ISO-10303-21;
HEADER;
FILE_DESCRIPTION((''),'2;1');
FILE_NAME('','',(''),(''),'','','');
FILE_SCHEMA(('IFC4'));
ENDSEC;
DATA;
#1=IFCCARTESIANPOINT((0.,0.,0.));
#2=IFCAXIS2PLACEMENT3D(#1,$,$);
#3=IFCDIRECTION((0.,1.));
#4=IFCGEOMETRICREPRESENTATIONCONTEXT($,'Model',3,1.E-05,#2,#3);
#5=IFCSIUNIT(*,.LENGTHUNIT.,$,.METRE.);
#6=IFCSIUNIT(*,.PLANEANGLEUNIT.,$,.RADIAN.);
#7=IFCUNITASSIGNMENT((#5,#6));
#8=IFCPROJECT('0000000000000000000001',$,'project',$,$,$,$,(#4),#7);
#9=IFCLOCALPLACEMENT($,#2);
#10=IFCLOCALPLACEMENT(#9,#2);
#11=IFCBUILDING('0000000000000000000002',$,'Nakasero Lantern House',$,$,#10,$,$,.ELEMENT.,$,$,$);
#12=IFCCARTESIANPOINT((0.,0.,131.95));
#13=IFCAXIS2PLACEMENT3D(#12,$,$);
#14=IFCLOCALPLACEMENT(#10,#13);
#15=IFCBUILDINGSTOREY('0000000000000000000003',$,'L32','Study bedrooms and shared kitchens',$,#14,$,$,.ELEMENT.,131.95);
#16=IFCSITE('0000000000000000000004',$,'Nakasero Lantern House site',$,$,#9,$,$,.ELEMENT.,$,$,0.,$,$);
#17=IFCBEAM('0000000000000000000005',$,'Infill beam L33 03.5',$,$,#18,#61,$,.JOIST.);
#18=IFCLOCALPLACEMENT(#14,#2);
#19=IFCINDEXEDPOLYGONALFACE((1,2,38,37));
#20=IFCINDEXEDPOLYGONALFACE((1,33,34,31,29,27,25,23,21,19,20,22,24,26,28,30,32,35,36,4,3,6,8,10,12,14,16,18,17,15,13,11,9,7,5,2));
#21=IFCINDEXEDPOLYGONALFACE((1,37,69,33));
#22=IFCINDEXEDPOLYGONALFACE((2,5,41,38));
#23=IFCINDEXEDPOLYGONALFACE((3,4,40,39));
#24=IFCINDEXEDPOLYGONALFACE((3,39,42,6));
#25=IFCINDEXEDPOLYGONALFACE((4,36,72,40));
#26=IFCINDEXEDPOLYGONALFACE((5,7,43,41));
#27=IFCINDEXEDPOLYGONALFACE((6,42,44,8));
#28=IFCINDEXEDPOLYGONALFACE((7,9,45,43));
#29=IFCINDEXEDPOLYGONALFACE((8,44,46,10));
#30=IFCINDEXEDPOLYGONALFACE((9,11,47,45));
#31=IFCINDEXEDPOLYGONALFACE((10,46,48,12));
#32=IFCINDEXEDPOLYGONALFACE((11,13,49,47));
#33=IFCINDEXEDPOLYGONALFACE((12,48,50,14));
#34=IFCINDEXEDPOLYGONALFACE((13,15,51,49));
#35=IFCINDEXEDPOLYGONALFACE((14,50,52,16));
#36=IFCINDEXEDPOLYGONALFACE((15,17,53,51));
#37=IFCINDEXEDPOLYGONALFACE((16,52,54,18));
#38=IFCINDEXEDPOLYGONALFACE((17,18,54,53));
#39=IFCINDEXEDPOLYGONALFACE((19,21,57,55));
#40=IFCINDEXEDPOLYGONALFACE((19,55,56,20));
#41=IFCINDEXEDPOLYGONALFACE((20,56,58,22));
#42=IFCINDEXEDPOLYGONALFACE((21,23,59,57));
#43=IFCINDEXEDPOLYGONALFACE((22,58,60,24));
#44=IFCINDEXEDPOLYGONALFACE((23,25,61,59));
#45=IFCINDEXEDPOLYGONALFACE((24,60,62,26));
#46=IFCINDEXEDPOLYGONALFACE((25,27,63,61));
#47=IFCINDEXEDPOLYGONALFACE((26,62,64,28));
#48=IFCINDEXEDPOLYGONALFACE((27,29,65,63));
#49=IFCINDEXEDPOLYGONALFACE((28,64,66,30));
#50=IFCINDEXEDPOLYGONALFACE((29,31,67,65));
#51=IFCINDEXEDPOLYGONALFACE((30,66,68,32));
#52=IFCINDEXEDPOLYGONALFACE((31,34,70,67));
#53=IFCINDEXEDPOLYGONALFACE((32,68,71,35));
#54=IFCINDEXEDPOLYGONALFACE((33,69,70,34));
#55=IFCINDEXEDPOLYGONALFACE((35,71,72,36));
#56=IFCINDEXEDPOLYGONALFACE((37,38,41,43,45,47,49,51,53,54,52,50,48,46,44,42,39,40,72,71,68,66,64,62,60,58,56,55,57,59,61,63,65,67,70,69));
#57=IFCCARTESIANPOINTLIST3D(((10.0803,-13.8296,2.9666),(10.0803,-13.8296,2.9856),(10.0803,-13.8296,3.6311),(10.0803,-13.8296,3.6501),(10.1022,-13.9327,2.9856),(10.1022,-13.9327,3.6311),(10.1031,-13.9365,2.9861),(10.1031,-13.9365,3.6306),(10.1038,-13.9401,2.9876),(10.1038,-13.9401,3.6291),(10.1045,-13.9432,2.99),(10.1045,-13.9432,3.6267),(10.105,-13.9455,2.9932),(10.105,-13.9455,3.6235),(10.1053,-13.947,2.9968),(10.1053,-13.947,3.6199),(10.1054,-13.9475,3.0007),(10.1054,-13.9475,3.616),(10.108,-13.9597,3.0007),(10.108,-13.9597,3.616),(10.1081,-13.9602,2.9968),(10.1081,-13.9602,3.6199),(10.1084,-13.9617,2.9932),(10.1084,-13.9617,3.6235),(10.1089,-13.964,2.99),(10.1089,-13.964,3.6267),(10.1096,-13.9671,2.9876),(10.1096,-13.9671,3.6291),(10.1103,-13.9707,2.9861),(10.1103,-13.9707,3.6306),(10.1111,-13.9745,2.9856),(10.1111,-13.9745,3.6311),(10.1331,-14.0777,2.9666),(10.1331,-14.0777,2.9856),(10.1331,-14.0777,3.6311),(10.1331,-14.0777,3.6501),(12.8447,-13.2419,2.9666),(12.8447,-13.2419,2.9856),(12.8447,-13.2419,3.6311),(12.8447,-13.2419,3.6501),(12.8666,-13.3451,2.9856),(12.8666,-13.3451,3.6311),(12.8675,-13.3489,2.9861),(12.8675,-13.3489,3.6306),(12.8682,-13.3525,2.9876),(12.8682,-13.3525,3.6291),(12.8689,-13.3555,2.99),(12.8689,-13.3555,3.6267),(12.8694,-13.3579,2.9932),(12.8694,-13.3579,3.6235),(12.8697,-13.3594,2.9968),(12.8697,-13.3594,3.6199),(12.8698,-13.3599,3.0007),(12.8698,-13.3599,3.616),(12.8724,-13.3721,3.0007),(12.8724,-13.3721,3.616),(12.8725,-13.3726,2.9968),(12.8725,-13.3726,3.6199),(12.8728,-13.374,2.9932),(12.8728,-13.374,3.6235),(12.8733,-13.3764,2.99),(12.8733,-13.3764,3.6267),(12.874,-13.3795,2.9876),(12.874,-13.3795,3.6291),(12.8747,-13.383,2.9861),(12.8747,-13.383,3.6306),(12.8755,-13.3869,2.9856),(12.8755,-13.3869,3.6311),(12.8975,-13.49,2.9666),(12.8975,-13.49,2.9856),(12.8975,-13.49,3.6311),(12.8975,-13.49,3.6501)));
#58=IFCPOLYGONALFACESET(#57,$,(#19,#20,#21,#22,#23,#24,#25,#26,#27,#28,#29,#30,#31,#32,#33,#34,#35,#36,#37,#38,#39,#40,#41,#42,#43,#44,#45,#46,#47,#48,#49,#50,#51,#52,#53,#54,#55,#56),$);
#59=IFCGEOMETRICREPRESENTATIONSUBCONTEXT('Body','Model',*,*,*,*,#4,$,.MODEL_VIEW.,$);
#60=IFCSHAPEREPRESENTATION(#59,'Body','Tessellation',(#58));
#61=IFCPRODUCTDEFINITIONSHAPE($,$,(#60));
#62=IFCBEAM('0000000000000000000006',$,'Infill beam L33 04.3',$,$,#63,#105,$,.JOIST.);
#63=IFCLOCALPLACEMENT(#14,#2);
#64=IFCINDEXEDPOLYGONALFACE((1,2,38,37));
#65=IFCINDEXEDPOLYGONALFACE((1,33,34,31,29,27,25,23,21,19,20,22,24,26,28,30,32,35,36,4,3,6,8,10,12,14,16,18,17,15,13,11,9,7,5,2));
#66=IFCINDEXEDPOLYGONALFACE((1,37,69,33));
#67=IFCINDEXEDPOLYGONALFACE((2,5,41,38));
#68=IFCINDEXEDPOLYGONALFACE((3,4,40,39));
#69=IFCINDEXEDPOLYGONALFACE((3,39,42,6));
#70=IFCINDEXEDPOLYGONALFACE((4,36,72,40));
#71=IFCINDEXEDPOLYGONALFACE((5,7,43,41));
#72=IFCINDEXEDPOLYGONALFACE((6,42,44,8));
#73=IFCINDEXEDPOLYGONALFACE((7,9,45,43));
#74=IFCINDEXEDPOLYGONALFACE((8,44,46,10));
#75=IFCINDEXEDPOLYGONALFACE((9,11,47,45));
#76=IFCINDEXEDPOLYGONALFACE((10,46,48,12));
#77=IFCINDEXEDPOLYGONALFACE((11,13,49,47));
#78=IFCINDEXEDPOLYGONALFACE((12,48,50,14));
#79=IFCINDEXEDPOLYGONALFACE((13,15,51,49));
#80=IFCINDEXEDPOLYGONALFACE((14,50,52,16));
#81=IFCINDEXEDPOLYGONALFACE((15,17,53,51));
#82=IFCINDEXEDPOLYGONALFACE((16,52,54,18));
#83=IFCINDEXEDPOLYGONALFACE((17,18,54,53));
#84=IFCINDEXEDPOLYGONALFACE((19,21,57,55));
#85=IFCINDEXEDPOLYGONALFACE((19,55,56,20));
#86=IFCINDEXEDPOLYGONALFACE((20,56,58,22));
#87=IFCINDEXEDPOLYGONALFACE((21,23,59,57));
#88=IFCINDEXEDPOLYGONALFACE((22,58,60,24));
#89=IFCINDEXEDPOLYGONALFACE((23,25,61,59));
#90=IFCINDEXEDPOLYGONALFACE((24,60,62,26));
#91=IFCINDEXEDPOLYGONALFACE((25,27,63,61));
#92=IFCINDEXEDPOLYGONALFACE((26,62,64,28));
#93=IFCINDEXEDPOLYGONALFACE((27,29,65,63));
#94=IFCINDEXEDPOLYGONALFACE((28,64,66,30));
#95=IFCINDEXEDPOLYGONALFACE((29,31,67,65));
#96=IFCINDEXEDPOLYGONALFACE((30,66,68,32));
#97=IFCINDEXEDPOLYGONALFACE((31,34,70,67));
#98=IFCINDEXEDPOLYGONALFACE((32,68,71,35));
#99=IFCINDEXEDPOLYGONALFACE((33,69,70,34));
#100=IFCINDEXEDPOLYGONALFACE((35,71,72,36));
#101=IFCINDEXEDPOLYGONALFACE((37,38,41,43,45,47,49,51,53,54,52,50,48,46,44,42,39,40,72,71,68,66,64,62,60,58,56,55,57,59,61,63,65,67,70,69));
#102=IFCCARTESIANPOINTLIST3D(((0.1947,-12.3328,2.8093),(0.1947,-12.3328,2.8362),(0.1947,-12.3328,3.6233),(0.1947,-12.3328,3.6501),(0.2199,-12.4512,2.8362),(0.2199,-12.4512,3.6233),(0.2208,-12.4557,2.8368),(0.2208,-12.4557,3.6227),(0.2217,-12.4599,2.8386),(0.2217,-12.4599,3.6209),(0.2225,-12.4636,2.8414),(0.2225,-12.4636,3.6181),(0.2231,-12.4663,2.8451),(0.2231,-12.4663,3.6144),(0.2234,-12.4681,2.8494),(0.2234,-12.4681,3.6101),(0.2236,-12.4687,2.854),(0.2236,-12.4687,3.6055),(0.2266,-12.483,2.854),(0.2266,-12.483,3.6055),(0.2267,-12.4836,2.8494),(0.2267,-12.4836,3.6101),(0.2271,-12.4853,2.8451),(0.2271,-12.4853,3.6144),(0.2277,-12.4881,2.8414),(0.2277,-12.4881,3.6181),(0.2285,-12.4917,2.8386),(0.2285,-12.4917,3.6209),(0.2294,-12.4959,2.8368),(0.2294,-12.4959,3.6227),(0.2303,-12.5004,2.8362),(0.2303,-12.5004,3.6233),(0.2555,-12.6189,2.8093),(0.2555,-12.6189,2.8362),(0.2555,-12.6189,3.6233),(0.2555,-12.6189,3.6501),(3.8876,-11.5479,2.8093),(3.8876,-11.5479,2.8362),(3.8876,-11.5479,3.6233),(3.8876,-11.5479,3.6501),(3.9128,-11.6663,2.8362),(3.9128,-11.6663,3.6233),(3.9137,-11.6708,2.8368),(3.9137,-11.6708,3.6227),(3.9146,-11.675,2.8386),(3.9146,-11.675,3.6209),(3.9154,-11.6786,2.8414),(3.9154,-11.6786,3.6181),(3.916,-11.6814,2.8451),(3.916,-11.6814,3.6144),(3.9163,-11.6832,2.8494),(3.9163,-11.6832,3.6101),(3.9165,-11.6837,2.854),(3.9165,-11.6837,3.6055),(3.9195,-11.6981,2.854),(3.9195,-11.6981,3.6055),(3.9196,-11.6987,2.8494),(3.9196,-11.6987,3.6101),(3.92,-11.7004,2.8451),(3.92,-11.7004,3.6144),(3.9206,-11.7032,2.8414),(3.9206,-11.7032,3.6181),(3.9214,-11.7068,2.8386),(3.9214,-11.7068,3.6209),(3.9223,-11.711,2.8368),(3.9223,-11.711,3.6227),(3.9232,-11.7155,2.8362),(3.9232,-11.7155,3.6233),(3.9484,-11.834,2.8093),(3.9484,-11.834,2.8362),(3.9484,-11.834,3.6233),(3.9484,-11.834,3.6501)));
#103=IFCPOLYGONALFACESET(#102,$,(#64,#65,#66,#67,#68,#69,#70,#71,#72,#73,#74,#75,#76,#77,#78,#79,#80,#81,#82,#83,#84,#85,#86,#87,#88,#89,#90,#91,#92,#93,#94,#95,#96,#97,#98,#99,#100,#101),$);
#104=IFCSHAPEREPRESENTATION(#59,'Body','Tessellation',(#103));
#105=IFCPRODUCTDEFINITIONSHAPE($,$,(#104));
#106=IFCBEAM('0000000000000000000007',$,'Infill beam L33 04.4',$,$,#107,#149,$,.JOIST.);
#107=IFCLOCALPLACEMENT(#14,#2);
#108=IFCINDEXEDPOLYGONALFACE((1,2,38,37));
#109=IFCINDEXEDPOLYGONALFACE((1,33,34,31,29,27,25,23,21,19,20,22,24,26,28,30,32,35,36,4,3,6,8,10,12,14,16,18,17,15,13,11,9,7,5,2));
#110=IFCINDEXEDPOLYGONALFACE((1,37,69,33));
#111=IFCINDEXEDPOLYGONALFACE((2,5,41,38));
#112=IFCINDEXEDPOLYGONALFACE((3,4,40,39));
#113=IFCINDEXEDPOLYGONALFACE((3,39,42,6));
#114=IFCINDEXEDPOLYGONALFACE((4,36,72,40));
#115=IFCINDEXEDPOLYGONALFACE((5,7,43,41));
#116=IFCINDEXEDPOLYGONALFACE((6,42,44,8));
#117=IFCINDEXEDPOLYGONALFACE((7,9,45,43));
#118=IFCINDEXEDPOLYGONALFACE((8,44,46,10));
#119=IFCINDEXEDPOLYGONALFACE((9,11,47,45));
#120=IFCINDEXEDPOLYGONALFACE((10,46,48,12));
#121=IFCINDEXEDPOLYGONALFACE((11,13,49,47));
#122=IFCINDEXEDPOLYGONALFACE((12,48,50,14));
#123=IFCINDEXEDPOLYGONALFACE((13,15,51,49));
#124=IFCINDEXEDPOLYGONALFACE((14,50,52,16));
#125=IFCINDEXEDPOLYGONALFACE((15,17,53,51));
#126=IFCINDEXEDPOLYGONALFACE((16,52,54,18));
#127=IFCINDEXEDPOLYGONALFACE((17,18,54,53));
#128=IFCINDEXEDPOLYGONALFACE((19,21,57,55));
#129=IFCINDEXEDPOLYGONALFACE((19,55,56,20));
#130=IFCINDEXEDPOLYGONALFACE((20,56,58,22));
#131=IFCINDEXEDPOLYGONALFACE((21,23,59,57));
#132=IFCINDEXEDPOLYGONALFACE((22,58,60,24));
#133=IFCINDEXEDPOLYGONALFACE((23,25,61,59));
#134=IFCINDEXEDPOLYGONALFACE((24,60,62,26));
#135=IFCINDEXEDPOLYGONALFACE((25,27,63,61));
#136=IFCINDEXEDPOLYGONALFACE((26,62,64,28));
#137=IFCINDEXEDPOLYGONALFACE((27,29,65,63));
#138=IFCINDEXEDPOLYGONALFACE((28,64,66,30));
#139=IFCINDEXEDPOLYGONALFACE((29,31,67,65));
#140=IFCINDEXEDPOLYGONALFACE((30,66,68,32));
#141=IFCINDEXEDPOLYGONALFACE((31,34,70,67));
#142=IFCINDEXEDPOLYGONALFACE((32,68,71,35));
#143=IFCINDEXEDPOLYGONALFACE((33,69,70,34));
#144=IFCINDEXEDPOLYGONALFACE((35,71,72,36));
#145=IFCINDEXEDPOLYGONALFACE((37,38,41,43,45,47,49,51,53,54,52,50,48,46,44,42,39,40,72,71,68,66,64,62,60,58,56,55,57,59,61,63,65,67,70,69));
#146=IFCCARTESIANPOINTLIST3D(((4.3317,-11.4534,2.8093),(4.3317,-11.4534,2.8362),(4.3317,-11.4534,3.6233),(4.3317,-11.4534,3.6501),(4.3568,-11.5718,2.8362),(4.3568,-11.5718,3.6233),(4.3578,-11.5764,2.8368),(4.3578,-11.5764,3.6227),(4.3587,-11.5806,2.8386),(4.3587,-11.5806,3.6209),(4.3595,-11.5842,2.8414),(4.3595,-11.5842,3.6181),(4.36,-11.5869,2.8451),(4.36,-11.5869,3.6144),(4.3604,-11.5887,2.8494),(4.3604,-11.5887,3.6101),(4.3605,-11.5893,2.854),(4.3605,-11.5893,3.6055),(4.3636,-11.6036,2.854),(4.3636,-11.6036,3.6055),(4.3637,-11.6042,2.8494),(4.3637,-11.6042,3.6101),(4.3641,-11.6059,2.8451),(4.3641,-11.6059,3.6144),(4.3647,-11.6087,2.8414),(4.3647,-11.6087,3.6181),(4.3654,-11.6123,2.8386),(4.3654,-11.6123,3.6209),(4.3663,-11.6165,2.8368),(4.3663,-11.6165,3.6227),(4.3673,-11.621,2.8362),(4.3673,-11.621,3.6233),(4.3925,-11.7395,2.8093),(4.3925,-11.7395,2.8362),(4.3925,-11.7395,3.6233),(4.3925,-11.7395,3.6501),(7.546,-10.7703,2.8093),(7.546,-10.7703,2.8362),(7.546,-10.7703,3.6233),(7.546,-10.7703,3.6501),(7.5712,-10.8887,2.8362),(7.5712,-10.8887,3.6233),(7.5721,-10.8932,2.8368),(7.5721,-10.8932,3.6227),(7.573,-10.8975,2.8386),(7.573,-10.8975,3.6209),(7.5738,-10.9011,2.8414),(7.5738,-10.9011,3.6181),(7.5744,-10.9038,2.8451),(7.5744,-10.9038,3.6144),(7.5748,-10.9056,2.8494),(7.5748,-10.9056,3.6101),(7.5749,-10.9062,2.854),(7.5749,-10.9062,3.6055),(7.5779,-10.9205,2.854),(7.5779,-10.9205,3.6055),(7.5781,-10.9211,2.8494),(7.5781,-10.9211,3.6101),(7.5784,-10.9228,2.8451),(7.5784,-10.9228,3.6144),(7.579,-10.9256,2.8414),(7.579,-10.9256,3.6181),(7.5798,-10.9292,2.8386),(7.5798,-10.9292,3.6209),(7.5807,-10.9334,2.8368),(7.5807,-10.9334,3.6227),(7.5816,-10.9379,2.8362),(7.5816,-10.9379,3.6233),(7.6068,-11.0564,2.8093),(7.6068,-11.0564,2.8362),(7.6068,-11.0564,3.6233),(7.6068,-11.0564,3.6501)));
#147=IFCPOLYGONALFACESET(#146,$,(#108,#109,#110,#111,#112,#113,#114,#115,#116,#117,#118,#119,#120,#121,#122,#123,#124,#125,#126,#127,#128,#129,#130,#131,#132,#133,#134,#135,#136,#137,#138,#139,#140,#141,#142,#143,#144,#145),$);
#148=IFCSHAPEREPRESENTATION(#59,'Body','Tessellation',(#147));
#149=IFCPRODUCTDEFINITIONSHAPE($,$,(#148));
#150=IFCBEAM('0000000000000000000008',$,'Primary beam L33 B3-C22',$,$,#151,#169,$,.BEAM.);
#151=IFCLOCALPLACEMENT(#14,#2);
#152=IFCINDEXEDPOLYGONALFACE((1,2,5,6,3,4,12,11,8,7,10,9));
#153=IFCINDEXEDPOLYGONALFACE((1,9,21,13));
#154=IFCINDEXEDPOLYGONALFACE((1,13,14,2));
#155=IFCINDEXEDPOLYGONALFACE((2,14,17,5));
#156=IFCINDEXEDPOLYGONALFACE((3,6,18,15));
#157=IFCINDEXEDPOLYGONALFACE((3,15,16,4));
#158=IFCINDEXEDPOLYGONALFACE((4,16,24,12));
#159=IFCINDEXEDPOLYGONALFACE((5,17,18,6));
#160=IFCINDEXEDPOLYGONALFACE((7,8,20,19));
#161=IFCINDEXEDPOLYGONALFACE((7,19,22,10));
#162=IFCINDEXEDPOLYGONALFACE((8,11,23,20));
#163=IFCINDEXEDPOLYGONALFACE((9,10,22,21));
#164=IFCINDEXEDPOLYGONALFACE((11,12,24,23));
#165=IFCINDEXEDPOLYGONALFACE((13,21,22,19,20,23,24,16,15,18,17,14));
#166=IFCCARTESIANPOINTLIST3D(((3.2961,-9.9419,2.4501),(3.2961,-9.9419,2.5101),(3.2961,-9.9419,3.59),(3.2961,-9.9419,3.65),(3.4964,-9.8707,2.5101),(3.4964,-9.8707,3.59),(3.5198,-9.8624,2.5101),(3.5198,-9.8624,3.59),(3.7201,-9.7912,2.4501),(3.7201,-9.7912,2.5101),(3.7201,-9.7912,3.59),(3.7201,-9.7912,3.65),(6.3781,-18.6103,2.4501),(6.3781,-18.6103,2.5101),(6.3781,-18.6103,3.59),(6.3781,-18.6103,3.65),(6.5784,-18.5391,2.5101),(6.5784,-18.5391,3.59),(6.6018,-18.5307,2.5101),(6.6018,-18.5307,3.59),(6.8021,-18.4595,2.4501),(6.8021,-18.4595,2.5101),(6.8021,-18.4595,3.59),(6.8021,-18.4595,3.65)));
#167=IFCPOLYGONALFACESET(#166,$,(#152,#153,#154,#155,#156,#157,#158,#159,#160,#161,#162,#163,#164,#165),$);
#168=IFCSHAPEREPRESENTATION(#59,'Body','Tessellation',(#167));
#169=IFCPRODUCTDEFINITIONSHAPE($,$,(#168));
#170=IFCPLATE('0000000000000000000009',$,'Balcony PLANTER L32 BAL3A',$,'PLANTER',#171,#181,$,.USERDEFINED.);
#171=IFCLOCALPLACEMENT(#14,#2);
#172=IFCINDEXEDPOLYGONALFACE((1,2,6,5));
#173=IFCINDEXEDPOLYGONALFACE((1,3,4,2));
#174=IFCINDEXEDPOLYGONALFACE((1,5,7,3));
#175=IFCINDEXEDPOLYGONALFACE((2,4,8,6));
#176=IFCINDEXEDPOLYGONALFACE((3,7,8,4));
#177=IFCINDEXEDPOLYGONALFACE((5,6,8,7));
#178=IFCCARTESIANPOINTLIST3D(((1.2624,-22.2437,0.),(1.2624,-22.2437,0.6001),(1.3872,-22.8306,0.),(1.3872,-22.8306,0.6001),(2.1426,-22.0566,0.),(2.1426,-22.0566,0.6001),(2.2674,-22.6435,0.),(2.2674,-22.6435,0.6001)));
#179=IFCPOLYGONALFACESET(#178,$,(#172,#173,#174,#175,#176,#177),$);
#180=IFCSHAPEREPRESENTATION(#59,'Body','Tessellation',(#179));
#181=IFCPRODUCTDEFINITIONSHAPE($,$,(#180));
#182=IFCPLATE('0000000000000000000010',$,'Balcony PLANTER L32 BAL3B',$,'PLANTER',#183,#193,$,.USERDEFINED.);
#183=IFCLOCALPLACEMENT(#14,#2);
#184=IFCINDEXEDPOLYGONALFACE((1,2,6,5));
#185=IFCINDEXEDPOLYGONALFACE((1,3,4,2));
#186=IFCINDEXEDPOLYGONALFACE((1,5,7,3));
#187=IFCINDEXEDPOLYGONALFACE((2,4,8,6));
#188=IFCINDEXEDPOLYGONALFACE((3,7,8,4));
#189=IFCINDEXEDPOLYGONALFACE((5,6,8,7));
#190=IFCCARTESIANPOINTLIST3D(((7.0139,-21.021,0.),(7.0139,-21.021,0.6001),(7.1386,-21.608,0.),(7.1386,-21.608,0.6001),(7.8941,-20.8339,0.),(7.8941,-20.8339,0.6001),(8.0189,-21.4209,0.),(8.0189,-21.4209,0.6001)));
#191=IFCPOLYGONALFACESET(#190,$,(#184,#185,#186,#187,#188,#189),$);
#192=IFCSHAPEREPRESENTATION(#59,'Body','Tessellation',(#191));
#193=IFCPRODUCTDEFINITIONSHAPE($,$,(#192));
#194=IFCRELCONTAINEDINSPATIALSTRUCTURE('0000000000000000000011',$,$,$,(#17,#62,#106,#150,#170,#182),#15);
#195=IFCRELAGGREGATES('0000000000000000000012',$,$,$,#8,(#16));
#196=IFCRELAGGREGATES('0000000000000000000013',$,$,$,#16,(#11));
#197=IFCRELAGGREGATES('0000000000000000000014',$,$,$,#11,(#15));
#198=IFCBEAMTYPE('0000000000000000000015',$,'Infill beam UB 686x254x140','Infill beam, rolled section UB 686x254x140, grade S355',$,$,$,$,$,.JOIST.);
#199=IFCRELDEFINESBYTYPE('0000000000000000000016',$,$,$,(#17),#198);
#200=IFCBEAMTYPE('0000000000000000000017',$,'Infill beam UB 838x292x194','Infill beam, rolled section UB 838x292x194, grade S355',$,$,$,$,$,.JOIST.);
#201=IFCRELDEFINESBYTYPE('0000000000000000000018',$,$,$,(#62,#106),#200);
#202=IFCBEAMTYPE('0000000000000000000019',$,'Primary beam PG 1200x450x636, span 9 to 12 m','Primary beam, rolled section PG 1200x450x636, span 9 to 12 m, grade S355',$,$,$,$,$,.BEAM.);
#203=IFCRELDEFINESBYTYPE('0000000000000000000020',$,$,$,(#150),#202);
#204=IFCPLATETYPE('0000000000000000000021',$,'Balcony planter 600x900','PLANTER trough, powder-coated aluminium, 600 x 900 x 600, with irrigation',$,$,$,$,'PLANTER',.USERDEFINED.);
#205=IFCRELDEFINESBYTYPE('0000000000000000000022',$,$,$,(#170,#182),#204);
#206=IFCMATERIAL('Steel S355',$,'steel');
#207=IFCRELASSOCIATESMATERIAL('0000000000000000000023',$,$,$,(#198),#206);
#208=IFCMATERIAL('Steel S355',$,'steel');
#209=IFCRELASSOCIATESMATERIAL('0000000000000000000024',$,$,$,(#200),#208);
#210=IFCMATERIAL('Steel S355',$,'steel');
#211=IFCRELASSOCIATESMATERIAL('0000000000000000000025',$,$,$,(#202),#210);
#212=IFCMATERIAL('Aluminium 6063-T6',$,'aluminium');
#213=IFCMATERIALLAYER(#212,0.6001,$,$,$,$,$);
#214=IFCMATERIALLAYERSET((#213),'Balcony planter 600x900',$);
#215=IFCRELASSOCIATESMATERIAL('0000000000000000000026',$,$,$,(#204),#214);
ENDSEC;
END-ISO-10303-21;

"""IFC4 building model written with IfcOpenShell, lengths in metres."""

from ifc_helpers import new_model, si_unit, direction, frame, origin, origin_2d, place, context, subcontext, project, spatial, rectangle, i_section, extrude, material, layer, layer_set, material_profile, profile_set, type_object, element, save


model = new_model("IFC4")

# Units and contexts
model_context = context("Model", 3, precision=1e-05, world=origin(), true_north=direction((0.0, 1.0)))
body_context = subcontext(model_context, "Body", "Model", "MODEL_VIEW")
ifc_project = project(units=[si_unit("LENGTHUNIT", "METRE"), si_unit("PLANEANGLEUNIT", "RADIAN")], contexts=[model_context])

# Site, building, storey
site_placement = place(None, origin())
site = spatial("IfcSite", under=ifc_project, at=site_placement, Name="Nakasero Lantern House site", CompositionType="ELEMENT", RefElevation=0.0)
building_placement = place(site_placement, origin())
building = spatial("IfcBuilding", under=site, at=building_placement, Name="Nakasero Lantern House", CompositionType="ELEMENT")
storey_placement = place(building_placement, frame((0.0, 0.0, 131.95)))
storey = spatial("IfcBuildingStorey", under=building, at=storey_placement, Name="L32", Description="Study bedrooms and shared kitchens", CompositionType="ELEMENT", Elevation=131.95)

# Beams
ifc_material_1 = material(Name="Steel S355", Category="steel")
ifc_material_profile_1 = material_profile(ifc_material_1, i_section(OverallWidth=0.2537, OverallDepth=0.6836, WebThickness=0.0125, FlangeThickness=0.019, FilletRadius=0.0151, at=origin_2d()), Name="UB 686x254x140")
ifc_profile_set_1 = profile_set([ifc_material_profile_1], Name="Steel S355")
beam_type_1 = type_object("IfcBeamType", Name="Infill beam UB 686x254x140", Description="Infill beam, rolled section UB 686x254x140, grade S355", PredefinedType="JOIST", material=ifc_profile_set_1)
beam_1_placement = place(storey_placement, frame((10.1067, -13.9536, 3.3083), z_axis=(0.978144, 0.20793, 0.0), x_axis=(-0.20793, 0.978144, 0.0)))
element("IfcBeam", 1, at=beam_1_placement, inside=storey, type_object=beam_type_1, Name="Infill beam L33 03.5", PredefinedType="JOIST", context=body_context, shape_type="SweptSolid", body=[
    extrude(i_section(OverallWidth=0.2537, OverallDepth=0.6836, WebThickness=0.0125, FlangeThickness=0.019, FilletRadius=0.0151, at=origin_2d()), origin(), (0.0, 0.0, 1.0), 2.8262),
])
ifc_material_2 = material(Name="Steel S355", Category="steel")
ifc_material_profile_2 = material_profile(ifc_material_2, i_section(OverallWidth=0.2925, OverallDepth=0.8408, WebThickness=0.0146, FlangeThickness=0.0269, FilletRadius=0.0178, at=origin_2d()), Name="UB 838x292x194")
ifc_profile_set_2 = profile_set([ifc_material_profile_2], Name="Steel S355")
beam_type_2 = type_object("IfcBeamType", Name="Infill beam UB 838x292x194", Description="Infill beam, rolled section UB 838x292x194, grade S355", PredefinedType="JOIST", material=ifc_profile_set_2)
beam_2_placement = place(storey_placement, frame((0.2251, -12.4758, 3.2297), z_axis=(0.978149, 0.207904, 0.0), x_axis=(-0.207904, 0.978149, 0.0)))
element("IfcBeam", 2, at=beam_2_placement, inside=storey, type_object=beam_type_2, Name="Infill beam L33 04.3", PredefinedType="JOIST", context=body_context, shape_type="SweptSolid", body=[
    extrude(i_section(OverallWidth=0.2925, OverallDepth=0.8408, WebThickness=0.0146, FlangeThickness=0.0269, FilletRadius=0.0178, at=origin_2d()), origin(), (0.0, 0.0, 1.0), 3.7754),
])
beam_3_placement = place(storey_placement, frame((4.3621, -11.5964, 3.2297), z_axis=(0.978155, 0.207875, 0.0), x_axis=(-0.207875, 0.978155, 0.0)))
element("IfcBeam", 3, at=beam_3_placement, inside=storey, type_object=beam_type_2, Name="Infill beam L33 04.4", PredefinedType="JOIST", context=body_context, shape_type="SweptSolid", body=[
    extrude(i_section(OverallWidth=0.2925, OverallDepth=0.8408, WebThickness=0.0146, FlangeThickness=0.0269, FilletRadius=0.0178, at=origin_2d()), origin(), (0.0, 0.0, 1.0), 3.2861),
])
ifc_material_3 = material(Name="Steel S355", Category="steel")
ifc_material_profile_3 = material_profile(ifc_material_3, i_section(OverallWidth=0.45, OverallDepth=1.2, WebThickness=0.0249, FlangeThickness=0.0601, at=origin_2d()), Name="PG 1200x450x636")
ifc_profile_set_3 = profile_set([ifc_material_profile_3], Name="Steel S355")
beam_type_3 = type_object("IfcBeamType", Name="Primary beam PG 1200x450x636, span 9 to 12 m", Description="Primary beam, rolled section PG 1200x450x636, span 9 to 12 m, grade S355", PredefinedType="BEAM", material=ifc_profile_set_3)
beam_4_placement = place(storey_placement, frame((6.5901, -18.5349, 3.05), z_axis=(-0.335001, 0.942218, 0.0), x_axis=(-0.942218, -0.335001, 0.0)))
element("IfcBeam", 4, at=beam_4_placement, inside=storey, type_object=beam_type_3, Name="Primary beam L33 B3-C22", PredefinedType="BEAM", context=body_context, shape_type="SweptSolid", body=[
    extrude(i_section(OverallWidth=0.45, OverallDepth=1.2, WebThickness=0.0249, FlangeThickness=0.0601, at=origin_2d()), origin(), (0.0, 0.0, 1.0), 9.2),
])

# Plates
ifc_material_4 = material(Name="Aluminium 6063-T6", Category="aluminium")
ifc_layer_1 = layer(ifc_material_4, 0.6001)
ifc_layer_set_1 = layer_set([ifc_layer_1], Name="Balcony planter 600x900")
plate_type_1 = type_object("IfcPlateType", Name="Balcony planter 600x900", Description="PLANTER trough, powder-coated aluminium, 600 x 900 x 600, with irrigation", ElementType="PLANTER", PredefinedType="USERDEFINED", material=ifc_layer_set_1)
for number, where, z_axis, x_axis, name in (
    (5, (1.7649, -22.4436, 0.0), (0.0, 0.0, 1.0), (0.207912, -0.978148, 0.0), "Balcony PLANTER L32 BAL3A"),
    (6, (7.5164, -21.2209, 0.0), (0.0, 0.0, 1.0), (0.207912, -0.978148, 0.0), "Balcony PLANTER L32 BAL3B"),
):
    element("IfcPlate", number, at=place(storey_placement, frame(where, z_axis=z_axis, x_axis=x_axis)), inside=storey, type_object=plate_type_1, Name=name, ObjectType="PLANTER", PredefinedType="USERDEFINED", context=body_context, shape_type="SweptSolid", body=[
        extrude(rectangle(XDim=0.6001, YDim=0.8999, at=origin_2d()), origin(), (0.0, 0.0, 1.0), 0.6001),
    ])

save(model, "model.ifc")
